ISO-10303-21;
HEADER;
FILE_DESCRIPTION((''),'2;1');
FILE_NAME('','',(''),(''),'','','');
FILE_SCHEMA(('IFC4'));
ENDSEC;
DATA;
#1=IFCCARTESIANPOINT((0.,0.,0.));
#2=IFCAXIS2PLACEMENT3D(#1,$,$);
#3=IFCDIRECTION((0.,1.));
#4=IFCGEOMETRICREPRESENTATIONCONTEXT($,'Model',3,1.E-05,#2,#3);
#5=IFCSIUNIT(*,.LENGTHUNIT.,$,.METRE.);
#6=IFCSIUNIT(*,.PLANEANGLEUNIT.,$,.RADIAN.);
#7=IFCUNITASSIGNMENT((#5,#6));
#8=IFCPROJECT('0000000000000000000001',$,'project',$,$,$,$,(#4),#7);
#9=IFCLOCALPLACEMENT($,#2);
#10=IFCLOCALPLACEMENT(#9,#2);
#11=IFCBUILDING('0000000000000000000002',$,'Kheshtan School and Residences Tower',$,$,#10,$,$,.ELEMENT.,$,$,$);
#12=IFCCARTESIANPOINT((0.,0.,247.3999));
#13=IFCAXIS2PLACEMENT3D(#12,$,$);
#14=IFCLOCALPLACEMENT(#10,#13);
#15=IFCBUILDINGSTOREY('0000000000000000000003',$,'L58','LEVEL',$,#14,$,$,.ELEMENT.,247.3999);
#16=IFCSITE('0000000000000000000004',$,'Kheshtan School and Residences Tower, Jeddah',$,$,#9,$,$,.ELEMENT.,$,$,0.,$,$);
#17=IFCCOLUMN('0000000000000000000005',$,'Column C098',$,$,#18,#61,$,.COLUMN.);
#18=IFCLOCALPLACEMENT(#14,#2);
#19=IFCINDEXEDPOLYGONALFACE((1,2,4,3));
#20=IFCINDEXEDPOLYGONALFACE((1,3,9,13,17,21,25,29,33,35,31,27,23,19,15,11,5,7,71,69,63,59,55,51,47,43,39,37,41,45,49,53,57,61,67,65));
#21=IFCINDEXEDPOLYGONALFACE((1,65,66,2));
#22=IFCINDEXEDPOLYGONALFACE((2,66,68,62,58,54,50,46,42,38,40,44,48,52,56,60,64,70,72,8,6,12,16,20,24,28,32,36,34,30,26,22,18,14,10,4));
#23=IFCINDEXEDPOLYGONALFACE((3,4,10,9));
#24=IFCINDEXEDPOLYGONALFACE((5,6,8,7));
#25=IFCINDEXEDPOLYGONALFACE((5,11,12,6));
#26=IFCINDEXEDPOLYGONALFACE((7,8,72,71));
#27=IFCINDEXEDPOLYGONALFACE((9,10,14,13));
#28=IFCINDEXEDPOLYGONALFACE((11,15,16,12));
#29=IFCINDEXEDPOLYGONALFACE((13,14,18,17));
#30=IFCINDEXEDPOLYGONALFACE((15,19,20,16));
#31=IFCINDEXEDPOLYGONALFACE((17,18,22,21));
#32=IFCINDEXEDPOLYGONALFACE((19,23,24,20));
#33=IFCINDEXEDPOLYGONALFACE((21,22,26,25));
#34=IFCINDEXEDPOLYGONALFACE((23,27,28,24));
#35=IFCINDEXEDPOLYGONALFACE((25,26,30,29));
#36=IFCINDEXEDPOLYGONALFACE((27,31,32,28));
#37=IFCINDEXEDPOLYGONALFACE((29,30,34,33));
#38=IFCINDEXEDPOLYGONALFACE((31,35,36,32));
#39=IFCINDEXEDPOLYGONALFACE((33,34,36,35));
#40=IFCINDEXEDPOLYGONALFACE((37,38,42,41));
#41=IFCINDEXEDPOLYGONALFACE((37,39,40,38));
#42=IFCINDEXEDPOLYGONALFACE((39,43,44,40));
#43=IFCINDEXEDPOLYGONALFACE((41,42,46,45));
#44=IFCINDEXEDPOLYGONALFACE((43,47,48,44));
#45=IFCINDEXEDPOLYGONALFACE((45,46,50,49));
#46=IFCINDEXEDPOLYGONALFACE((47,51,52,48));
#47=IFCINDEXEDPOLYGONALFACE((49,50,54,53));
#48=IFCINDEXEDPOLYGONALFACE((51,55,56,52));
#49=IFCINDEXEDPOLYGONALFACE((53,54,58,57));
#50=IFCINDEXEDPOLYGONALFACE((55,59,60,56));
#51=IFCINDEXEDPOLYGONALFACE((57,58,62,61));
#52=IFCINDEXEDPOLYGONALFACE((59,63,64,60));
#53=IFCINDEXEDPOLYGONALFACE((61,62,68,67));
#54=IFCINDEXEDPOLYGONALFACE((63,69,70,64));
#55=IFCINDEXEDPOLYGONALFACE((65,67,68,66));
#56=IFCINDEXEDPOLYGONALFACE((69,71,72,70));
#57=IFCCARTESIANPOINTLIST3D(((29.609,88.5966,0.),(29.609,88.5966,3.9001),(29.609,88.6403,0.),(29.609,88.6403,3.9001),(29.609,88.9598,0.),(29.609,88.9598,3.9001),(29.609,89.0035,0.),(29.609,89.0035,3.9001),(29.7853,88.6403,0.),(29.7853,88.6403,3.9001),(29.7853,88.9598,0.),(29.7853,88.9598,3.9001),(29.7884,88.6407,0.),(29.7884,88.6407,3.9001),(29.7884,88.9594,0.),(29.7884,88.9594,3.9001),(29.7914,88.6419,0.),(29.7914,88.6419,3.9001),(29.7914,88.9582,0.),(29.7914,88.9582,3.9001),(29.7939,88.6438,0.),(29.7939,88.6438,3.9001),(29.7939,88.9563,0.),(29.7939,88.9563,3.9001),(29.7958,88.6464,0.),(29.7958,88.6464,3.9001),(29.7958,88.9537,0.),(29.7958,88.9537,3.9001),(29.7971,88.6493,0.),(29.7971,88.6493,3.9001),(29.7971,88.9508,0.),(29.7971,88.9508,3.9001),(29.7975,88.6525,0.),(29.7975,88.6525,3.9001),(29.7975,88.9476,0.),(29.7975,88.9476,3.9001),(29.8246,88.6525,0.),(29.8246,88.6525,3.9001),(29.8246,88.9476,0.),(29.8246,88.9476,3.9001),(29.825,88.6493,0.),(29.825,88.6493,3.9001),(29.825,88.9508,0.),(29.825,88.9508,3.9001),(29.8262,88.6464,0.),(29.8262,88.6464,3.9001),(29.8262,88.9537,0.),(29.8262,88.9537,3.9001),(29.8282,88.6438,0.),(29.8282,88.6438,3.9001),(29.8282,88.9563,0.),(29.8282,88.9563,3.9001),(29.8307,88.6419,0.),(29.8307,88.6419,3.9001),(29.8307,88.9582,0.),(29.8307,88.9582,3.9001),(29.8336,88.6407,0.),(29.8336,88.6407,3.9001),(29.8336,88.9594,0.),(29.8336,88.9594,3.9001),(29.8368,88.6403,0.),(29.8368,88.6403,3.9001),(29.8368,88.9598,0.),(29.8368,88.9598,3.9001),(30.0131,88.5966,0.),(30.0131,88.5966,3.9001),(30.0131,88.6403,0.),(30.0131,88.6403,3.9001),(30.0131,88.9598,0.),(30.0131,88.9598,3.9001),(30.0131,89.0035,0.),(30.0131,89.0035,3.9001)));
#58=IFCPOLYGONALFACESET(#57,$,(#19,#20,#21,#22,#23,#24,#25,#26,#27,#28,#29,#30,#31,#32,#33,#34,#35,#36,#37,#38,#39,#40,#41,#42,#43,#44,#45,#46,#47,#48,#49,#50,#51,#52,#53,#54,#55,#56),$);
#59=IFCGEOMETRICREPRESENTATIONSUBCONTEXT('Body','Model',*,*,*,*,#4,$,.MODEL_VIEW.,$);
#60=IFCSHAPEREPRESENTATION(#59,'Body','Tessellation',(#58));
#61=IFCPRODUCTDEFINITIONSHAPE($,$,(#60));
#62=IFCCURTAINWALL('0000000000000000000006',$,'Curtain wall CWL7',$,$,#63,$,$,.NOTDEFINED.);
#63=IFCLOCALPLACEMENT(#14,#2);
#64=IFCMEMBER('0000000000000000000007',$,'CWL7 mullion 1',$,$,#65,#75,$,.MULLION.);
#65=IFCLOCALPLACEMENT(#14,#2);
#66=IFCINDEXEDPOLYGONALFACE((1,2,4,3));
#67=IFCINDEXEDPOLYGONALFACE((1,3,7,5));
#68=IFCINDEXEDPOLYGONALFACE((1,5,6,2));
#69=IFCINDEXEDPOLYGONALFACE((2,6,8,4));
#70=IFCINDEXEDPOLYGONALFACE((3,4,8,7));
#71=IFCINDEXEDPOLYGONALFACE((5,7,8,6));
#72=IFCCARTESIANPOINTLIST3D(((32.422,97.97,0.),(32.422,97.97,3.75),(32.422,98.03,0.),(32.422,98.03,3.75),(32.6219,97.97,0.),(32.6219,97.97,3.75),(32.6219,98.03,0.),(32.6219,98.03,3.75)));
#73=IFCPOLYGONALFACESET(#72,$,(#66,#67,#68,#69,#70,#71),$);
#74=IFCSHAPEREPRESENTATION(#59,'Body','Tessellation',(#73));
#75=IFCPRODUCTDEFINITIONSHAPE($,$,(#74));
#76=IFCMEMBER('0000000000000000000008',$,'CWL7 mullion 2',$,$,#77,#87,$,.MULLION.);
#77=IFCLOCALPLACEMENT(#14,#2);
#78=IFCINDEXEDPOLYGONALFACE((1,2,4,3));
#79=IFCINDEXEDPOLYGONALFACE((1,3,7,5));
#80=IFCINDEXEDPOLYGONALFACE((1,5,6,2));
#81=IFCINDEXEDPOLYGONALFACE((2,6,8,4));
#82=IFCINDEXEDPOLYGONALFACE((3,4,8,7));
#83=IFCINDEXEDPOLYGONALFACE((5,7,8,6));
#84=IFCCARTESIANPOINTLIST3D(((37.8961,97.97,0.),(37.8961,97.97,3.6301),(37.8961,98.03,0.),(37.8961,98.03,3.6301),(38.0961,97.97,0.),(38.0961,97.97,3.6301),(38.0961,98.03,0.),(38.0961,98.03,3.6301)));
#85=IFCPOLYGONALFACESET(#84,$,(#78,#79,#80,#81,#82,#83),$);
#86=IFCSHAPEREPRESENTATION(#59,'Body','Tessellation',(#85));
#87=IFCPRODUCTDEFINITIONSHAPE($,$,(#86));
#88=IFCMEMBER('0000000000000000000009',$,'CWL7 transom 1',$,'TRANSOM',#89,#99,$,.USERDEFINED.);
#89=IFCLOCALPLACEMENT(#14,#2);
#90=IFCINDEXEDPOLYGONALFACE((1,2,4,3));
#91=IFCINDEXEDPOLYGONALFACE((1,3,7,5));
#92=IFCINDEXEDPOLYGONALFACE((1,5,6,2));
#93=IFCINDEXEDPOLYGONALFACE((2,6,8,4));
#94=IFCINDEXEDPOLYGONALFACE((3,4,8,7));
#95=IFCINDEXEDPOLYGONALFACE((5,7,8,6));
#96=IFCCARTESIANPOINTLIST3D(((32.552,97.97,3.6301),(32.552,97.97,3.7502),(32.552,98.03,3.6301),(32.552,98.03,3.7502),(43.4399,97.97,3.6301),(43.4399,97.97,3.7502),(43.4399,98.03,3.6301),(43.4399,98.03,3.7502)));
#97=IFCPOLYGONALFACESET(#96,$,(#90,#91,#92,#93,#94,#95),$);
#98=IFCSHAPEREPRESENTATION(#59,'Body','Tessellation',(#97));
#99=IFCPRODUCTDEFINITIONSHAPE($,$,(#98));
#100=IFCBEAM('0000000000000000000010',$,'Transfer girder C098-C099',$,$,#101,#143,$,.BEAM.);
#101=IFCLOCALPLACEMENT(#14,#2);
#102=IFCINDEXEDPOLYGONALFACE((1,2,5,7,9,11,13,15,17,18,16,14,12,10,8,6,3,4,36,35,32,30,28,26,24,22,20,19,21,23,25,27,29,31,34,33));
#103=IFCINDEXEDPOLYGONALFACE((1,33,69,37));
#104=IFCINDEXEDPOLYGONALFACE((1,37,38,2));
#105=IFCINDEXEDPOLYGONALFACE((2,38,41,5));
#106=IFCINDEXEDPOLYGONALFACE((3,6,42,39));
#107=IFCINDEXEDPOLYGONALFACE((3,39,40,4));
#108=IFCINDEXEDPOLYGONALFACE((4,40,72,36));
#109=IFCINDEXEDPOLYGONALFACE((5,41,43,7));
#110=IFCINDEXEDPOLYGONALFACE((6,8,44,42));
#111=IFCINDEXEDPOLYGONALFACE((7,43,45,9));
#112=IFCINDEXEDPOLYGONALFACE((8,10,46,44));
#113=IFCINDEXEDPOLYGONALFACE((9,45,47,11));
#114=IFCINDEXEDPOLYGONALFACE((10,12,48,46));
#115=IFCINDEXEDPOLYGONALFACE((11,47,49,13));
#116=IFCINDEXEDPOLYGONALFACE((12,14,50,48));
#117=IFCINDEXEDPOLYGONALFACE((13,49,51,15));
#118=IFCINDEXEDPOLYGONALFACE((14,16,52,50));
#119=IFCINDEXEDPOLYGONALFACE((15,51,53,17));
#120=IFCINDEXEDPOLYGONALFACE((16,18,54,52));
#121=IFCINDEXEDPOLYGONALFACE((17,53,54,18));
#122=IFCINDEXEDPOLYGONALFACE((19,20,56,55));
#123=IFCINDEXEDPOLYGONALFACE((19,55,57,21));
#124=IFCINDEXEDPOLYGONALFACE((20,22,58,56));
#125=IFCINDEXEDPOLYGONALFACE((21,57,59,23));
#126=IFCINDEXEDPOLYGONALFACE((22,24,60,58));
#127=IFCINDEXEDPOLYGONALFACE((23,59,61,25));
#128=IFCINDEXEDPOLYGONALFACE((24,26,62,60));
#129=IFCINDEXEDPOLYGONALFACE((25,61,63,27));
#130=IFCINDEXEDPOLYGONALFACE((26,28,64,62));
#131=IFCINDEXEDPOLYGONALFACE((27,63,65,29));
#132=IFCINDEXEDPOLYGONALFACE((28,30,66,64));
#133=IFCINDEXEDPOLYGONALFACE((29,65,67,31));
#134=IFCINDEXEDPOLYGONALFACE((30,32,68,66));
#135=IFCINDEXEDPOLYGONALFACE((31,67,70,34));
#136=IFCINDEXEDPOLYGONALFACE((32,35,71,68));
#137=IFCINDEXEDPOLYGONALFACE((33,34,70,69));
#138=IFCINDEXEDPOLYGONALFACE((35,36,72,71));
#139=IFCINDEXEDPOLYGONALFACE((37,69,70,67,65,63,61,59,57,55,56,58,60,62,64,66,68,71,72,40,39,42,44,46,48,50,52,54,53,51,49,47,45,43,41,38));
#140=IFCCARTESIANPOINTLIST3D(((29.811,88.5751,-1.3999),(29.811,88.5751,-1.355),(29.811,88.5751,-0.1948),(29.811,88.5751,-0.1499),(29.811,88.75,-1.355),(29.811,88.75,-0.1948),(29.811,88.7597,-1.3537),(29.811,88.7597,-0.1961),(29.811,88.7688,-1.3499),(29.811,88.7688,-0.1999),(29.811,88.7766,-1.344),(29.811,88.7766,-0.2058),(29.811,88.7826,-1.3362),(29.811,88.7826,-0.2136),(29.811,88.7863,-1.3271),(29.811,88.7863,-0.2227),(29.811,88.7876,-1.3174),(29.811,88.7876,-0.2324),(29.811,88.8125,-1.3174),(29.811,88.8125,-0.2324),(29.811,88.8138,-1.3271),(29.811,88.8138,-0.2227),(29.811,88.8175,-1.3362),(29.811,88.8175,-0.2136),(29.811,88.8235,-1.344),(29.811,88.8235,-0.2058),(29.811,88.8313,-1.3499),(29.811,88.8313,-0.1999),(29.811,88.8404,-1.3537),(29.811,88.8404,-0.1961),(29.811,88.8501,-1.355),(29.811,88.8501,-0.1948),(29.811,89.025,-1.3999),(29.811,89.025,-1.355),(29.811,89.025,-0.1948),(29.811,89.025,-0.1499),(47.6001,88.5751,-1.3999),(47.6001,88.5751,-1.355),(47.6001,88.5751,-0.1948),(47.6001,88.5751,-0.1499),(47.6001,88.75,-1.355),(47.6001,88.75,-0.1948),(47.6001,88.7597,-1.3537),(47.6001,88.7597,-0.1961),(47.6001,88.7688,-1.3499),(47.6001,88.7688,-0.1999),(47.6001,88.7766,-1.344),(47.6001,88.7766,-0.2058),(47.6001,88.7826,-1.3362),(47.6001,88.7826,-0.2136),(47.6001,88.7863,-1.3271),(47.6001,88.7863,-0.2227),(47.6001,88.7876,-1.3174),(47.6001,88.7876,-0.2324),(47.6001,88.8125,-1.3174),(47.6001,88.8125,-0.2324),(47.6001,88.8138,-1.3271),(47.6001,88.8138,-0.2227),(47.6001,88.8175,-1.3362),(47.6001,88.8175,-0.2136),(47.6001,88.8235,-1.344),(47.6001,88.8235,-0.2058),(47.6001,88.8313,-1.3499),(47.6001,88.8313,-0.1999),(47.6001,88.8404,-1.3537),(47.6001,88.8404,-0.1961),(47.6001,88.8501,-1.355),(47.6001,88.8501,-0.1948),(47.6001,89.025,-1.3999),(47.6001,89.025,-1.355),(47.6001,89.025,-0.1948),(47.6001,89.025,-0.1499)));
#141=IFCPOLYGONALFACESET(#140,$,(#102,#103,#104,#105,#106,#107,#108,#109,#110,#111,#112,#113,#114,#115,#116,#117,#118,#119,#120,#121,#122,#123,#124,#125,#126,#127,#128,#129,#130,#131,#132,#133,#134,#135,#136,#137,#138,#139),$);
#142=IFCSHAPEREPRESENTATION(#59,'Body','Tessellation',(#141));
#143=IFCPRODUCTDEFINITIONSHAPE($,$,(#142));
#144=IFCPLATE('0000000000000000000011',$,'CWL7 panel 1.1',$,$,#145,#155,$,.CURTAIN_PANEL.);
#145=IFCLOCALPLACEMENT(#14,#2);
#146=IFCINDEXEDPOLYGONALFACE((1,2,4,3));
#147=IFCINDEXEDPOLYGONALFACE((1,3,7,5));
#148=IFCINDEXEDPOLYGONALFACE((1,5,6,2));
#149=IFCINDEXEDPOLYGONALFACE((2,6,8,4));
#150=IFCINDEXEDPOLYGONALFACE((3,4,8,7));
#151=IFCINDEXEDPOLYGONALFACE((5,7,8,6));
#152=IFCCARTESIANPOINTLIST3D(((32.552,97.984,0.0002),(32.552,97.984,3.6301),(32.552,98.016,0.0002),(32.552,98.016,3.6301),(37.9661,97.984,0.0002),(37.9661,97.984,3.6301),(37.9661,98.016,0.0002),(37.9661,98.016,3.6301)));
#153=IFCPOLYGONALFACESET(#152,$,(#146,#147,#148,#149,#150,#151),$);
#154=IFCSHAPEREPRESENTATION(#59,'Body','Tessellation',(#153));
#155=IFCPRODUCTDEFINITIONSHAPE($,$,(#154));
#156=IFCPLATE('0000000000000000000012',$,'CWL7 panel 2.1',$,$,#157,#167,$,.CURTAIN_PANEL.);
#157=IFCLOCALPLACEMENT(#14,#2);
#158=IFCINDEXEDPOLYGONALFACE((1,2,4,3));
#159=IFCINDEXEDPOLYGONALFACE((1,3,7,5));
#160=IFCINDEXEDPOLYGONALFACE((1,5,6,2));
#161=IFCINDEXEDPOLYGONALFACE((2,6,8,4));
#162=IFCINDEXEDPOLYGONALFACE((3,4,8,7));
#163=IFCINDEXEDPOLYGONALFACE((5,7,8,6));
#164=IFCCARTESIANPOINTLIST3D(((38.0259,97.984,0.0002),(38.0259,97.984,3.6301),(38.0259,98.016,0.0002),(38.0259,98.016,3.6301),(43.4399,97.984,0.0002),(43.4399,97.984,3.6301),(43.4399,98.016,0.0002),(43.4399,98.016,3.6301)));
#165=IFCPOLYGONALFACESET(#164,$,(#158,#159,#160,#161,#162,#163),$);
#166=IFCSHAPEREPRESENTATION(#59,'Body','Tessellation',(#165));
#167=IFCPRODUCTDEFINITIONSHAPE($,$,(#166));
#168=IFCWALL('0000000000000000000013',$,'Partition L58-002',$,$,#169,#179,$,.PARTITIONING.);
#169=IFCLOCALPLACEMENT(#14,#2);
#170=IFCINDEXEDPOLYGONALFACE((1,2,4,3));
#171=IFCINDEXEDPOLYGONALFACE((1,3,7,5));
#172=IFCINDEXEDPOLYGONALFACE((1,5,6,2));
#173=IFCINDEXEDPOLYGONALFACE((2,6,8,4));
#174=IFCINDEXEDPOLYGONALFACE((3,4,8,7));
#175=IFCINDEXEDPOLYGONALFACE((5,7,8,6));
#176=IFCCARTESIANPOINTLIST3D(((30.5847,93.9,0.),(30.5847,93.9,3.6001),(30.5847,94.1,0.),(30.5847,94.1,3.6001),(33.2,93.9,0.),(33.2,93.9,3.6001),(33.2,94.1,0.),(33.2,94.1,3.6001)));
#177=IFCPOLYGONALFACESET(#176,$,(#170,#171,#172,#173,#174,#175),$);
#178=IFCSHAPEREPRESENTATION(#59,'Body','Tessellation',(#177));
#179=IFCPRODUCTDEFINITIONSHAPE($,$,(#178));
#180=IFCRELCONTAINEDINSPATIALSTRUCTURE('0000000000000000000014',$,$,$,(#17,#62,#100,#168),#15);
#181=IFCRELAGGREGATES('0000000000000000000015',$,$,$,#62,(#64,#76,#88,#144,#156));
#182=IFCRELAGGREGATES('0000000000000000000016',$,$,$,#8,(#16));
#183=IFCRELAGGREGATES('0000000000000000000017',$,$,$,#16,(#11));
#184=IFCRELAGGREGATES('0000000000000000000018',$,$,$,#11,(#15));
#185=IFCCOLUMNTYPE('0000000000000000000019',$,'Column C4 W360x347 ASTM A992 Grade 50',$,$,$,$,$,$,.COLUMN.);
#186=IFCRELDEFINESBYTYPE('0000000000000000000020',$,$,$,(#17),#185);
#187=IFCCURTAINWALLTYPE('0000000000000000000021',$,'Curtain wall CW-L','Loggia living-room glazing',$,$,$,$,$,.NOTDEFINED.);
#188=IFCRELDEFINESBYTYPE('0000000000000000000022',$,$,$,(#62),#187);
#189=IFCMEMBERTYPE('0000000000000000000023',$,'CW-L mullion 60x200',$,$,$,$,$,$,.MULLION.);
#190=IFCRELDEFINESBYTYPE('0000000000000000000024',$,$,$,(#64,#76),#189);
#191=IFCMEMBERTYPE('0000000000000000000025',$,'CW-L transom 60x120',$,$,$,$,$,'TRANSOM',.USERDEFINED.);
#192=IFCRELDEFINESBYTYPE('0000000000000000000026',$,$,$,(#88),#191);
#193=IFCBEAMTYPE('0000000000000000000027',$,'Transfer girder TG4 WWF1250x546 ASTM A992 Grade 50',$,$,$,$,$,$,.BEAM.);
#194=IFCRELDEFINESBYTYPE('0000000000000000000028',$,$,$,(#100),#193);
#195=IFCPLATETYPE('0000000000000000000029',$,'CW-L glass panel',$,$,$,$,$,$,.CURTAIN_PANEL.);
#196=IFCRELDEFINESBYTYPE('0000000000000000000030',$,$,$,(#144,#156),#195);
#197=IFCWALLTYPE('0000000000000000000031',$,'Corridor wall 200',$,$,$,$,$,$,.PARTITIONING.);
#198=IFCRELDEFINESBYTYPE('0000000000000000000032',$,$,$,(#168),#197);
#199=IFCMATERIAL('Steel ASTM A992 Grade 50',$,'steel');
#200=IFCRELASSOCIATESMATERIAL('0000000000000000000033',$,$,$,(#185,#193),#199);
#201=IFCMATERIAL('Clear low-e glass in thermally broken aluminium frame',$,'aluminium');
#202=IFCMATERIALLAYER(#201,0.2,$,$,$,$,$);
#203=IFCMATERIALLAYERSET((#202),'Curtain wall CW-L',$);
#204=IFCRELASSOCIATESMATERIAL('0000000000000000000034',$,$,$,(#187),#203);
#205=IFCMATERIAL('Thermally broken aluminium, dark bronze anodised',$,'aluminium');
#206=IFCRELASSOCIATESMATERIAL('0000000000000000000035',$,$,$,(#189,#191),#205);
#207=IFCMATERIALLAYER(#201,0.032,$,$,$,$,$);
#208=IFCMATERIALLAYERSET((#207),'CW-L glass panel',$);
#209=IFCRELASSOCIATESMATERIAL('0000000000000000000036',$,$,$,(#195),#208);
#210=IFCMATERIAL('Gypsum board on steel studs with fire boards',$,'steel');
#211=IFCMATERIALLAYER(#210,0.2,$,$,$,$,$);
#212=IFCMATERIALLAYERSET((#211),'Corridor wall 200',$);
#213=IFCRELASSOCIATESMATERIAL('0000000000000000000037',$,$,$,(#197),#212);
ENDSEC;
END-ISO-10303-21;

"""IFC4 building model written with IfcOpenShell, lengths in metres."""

from ifc_helpers import new_model, si_unit, direction, frame, frame_2d, origin, origin_2d, place, context, subcontext, project, spatial, rectangle, i_section, extrude, material, layer, layer_set, material_profile, profile_set, type_object, element, aggregate, save


model = new_model("IFC4")

# Units and contexts
model_context = context("Model", 3, precision=1e-05, world=origin(), true_north=direction((0.0, 1.0)))
body_context = subcontext(model_context, "Body", "Model", "MODEL_VIEW")
ifc_project = project(units=[si_unit("LENGTHUNIT", "METRE"), si_unit("PLANEANGLEUNIT", "RADIAN")], contexts=[model_context])

# Site, building, storey
site_placement = place(None, origin())
site = spatial("IfcSite", under=ifc_project, at=site_placement, Name="Kheshtan School and Residences Tower, Jeddah", CompositionType="ELEMENT", RefElevation=0.0)
building_placement = place(site_placement, origin())
building = spatial("IfcBuilding", under=site, at=building_placement, Name="Kheshtan School and Residences Tower", CompositionType="ELEMENT")
storey_placement = place(building_placement, frame((0.0, 0.0, 247.3999)))
storey = spatial("IfcBuildingStorey", under=building, at=storey_placement, Name="L58", Description="LEVEL", CompositionType="ELEMENT", Elevation=247.3999)

# Column
ifc_material_1 = material(Name="Steel ASTM A992 Grade 50", Category="steel")
ifc_material_profile_1 = material_profile(ifc_material_1, i_section(OverallWidth=0.4041, OverallDepth=0.407, WebThickness=0.0271, FlangeThickness=0.0437, FilletRadius=0.0122, at=origin_2d()), Name="W360x347")
ifc_profile_set_1 = profile_set([ifc_material_profile_1], Name="Steel ASTM A992 Grade 50")
column_type = type_object("IfcColumnType", Name="Column C4 W360x347 ASTM A992 Grade 50", PredefinedType="COLUMN", material=ifc_profile_set_1)
column_placement = place(storey_placement, frame((29.811, 88.8, 0.0), z_axis=(0.0, 0.0, 1.0), x_axis=(1.0, 0.0, 0.0)))
element("IfcColumn", 1, at=column_placement, inside=storey, type_object=column_type, Name="Column C098", PredefinedType="COLUMN", context=body_context, shape_type="SweptSolid", body=[
    extrude(i_section(OverallWidth=0.4041, OverallDepth=0.407, WebThickness=0.0271, FlangeThickness=0.0437, FilletRadius=0.0122, at=origin_2d()), origin(), (0.0, 0.0, 1.0), 3.9001),
])

# Curtain wall, members
ifc_material_2 = material(Name="Clear low-e glass in thermally broken aluminium frame", Category="aluminium")
ifc_layer_1 = layer(ifc_material_2, 0.2)
ifc_layer_set_1 = layer_set([ifc_layer_1], Name="Curtain wall CW-L")
curtain_wall_type = type_object("IfcCurtainWallType", Name="Curtain wall CW-L", Description="Loggia living-room glazing", PredefinedType="NOTDEFINED", material=ifc_layer_set_1)
curtain_wall_placement = place(storey_placement, origin())
curtain_wall = element("IfcCurtainWall", 2, at=curtain_wall_placement, inside=storey, type_object=curtain_wall_type, Name="Curtain wall CWL7", PredefinedType="NOTDEFINED")
ifc_material_3 = material(Name="Thermally broken aluminium, dark bronze anodised", Category="aluminium")
ifc_material_profile_2 = material_profile(ifc_material_3, rectangle(XDim=0.0601, YDim=0.2, at=origin_2d()), Name="CW-L mullion 60x200")
ifc_profile_set_2 = profile_set([ifc_material_profile_2], Name="Thermally broken aluminium, dark bronze anodised")
member_type_1 = type_object("IfcMemberType", Name="CW-L mullion 60x200", PredefinedType="MULLION", material=ifc_profile_set_2)
member_1_placement = place(storey_placement, frame((32.522, 98.0, 0.0), z_axis=(0.0, 0.0, 1.0), x_axis=(0.0, 1.0, 0.0)))
member_1 = element("IfcMember", 3, at=member_1_placement, type_object=member_type_1, Name="CWL7 mullion 1", PredefinedType="MULLION", context=body_context, shape_type="SweptSolid", body=[
    extrude(rectangle(XDim=0.0601, YDim=0.2, at=origin_2d()), origin(), (0.0, 0.0, 1.0), 3.75),
])
member_2_placement = place(storey_placement, frame((37.9961, 98.0, 0.0), z_axis=(0.0, 0.0, 1.0), x_axis=(0.0, 1.0, 0.0)))
member_2 = element("IfcMember", 4, at=member_2_placement, type_object=member_type_1, Name="CWL7 mullion 2", PredefinedType="MULLION", context=body_context, shape_type="SweptSolid", body=[
    extrude(rectangle(XDim=0.0601, YDim=0.2, at=origin_2d()), origin(), (0.0, 0.0, 1.0), 3.6301),
])
ifc_material_profile_3 = material_profile(ifc_material_3, rectangle(XDim=0.0601, YDim=0.1201, at=origin_2d()), Name="CW-L transom 60x120")
ifc_profile_set_3 = profile_set([ifc_material_profile_3], Name="Thermally broken aluminium, dark bronze anodised")
member_type_2 = type_object("IfcMemberType", Name="CW-L transom 60x120", ElementType="TRANSOM", PredefinedType="USERDEFINED", material=ifc_profile_set_3)
member_3_placement = place(storey_placement, frame((32.552, 98.0, 3.6902), z_axis=(1.0, 0.0, 0.0), x_axis=(0.0, 1.0, 0.0)))
member_3 = element("IfcMember", 5, at=member_3_placement, type_object=member_type_2, Name="CWL7 transom 1", ObjectType="TRANSOM", PredefinedType="USERDEFINED", context=body_context, shape_type="SweptSolid", body=[
    extrude(rectangle(XDim=0.0601, YDim=0.1201, at=origin_2d()), origin(), (0.0, 0.0, 1.0), 10.8879),
])

# Beam
ifc_material_profile_4 = material_profile(ifc_material_1, i_section(OverallWidth=0.45, OverallDepth=1.25, WebThickness=0.0249, FlangeThickness=0.0449, FilletRadius=0.0376, at=origin_2d()), Name="WWF1250x546")
ifc_profile_set_4 = profile_set([ifc_material_profile_4], Name="Steel ASTM A992 Grade 50")
beam_type = type_object("IfcBeamType", Name="Transfer girder TG4 WWF1250x546 ASTM A992 Grade 50", PredefinedType="BEAM", material=ifc_profile_set_4)
beam_placement = place(storey_placement, frame((29.811, 88.8, -0.7749), z_axis=(1.0, 0.0, 0.0), x_axis=(0.0, 1.0, 0.0)))
element("IfcBeam", 6, at=beam_placement, inside=storey, type_object=beam_type, Name="Transfer girder C098-C099", PredefinedType="BEAM", context=body_context, shape_type="SweptSolid", body=[
    extrude(i_section(OverallWidth=0.45, OverallDepth=1.25, WebThickness=0.0249, FlangeThickness=0.0449, FilletRadius=0.0376, at=origin_2d()), origin(), (0.0, 0.0, 1.0), 17.7891),
])

# Plates
ifc_layer_2 = layer(ifc_material_2, 0.032)
ifc_layer_set_2 = layer_set([ifc_layer_2], Name="CW-L glass panel")
plate_type = type_object("IfcPlateType", Name="CW-L glass panel", PredefinedType="CURTAIN_PANEL", material=ifc_layer_set_2)
plate_1_placement = place(storey_placement, frame((35.259, 98.0, 0.0002), z_axis=(0.0, 0.0, 1.0), x_axis=(1.0, 0.0, 0.0)))
plate_1 = element("IfcPlate", 7, at=plate_1_placement, type_object=plate_type, Name="CWL7 panel 1.1", PredefinedType="CURTAIN_PANEL", context=body_context, shape_type="SweptSolid", body=[
    extrude(rectangle(XDim=5.4141, YDim=0.032, at=origin_2d()), origin(), (0.0, 0.0, 1.0), 3.6299),
])
plate_2_placement = place(storey_placement, frame((40.7329, 98.0, 0.0002), z_axis=(0.0, 0.0, 1.0), x_axis=(1.0, 0.0, 0.0)))
plate_2 = element("IfcPlate", 8, at=plate_2_placement, type_object=plate_type, Name="CWL7 panel 2.1", PredefinedType="CURTAIN_PANEL", context=body_context, shape_type="SweptSolid", body=[
    extrude(rectangle(XDim=5.4141, YDim=0.032, at=origin_2d()), origin(), (0.0, 0.0, 1.0), 3.6299),
])
aggregate(curtain_wall, [member_1, member_2, member_3, plate_1, plate_2])

# Wall
ifc_material_4 = material(Name="Gypsum board on steel studs with fire boards", Category="steel")
ifc_layer_3 = layer(ifc_material_4, 0.2)
ifc_layer_set_3 = layer_set([ifc_layer_3], Name="Corridor wall 200")
wall_type_1 = type_object("IfcWallType", Name="Corridor wall 200", PredefinedType="PARTITIONING", material=ifc_layer_set_3)
wall_1_placement = place(storey_placement, frame((30.5847, 94.0, 0.0), z_axis=(0.0, 0.0, 1.0), x_axis=(1.0, 0.0, 0.0)))
element("IfcWall", 9, at=wall_1_placement, inside=storey, type_object=wall_type_1, Name="Partition L58-002", PredefinedType="PARTITIONING", context=body_context, shape_type="SweptSolid", body=[
    extrude(rectangle(XDim=2.6152, YDim=0.2, at=frame_2d((1.3076, 0.0))), origin(), (0.0, 0.0, 1.0), 3.6001),
])

save(model, "model.ifc")
